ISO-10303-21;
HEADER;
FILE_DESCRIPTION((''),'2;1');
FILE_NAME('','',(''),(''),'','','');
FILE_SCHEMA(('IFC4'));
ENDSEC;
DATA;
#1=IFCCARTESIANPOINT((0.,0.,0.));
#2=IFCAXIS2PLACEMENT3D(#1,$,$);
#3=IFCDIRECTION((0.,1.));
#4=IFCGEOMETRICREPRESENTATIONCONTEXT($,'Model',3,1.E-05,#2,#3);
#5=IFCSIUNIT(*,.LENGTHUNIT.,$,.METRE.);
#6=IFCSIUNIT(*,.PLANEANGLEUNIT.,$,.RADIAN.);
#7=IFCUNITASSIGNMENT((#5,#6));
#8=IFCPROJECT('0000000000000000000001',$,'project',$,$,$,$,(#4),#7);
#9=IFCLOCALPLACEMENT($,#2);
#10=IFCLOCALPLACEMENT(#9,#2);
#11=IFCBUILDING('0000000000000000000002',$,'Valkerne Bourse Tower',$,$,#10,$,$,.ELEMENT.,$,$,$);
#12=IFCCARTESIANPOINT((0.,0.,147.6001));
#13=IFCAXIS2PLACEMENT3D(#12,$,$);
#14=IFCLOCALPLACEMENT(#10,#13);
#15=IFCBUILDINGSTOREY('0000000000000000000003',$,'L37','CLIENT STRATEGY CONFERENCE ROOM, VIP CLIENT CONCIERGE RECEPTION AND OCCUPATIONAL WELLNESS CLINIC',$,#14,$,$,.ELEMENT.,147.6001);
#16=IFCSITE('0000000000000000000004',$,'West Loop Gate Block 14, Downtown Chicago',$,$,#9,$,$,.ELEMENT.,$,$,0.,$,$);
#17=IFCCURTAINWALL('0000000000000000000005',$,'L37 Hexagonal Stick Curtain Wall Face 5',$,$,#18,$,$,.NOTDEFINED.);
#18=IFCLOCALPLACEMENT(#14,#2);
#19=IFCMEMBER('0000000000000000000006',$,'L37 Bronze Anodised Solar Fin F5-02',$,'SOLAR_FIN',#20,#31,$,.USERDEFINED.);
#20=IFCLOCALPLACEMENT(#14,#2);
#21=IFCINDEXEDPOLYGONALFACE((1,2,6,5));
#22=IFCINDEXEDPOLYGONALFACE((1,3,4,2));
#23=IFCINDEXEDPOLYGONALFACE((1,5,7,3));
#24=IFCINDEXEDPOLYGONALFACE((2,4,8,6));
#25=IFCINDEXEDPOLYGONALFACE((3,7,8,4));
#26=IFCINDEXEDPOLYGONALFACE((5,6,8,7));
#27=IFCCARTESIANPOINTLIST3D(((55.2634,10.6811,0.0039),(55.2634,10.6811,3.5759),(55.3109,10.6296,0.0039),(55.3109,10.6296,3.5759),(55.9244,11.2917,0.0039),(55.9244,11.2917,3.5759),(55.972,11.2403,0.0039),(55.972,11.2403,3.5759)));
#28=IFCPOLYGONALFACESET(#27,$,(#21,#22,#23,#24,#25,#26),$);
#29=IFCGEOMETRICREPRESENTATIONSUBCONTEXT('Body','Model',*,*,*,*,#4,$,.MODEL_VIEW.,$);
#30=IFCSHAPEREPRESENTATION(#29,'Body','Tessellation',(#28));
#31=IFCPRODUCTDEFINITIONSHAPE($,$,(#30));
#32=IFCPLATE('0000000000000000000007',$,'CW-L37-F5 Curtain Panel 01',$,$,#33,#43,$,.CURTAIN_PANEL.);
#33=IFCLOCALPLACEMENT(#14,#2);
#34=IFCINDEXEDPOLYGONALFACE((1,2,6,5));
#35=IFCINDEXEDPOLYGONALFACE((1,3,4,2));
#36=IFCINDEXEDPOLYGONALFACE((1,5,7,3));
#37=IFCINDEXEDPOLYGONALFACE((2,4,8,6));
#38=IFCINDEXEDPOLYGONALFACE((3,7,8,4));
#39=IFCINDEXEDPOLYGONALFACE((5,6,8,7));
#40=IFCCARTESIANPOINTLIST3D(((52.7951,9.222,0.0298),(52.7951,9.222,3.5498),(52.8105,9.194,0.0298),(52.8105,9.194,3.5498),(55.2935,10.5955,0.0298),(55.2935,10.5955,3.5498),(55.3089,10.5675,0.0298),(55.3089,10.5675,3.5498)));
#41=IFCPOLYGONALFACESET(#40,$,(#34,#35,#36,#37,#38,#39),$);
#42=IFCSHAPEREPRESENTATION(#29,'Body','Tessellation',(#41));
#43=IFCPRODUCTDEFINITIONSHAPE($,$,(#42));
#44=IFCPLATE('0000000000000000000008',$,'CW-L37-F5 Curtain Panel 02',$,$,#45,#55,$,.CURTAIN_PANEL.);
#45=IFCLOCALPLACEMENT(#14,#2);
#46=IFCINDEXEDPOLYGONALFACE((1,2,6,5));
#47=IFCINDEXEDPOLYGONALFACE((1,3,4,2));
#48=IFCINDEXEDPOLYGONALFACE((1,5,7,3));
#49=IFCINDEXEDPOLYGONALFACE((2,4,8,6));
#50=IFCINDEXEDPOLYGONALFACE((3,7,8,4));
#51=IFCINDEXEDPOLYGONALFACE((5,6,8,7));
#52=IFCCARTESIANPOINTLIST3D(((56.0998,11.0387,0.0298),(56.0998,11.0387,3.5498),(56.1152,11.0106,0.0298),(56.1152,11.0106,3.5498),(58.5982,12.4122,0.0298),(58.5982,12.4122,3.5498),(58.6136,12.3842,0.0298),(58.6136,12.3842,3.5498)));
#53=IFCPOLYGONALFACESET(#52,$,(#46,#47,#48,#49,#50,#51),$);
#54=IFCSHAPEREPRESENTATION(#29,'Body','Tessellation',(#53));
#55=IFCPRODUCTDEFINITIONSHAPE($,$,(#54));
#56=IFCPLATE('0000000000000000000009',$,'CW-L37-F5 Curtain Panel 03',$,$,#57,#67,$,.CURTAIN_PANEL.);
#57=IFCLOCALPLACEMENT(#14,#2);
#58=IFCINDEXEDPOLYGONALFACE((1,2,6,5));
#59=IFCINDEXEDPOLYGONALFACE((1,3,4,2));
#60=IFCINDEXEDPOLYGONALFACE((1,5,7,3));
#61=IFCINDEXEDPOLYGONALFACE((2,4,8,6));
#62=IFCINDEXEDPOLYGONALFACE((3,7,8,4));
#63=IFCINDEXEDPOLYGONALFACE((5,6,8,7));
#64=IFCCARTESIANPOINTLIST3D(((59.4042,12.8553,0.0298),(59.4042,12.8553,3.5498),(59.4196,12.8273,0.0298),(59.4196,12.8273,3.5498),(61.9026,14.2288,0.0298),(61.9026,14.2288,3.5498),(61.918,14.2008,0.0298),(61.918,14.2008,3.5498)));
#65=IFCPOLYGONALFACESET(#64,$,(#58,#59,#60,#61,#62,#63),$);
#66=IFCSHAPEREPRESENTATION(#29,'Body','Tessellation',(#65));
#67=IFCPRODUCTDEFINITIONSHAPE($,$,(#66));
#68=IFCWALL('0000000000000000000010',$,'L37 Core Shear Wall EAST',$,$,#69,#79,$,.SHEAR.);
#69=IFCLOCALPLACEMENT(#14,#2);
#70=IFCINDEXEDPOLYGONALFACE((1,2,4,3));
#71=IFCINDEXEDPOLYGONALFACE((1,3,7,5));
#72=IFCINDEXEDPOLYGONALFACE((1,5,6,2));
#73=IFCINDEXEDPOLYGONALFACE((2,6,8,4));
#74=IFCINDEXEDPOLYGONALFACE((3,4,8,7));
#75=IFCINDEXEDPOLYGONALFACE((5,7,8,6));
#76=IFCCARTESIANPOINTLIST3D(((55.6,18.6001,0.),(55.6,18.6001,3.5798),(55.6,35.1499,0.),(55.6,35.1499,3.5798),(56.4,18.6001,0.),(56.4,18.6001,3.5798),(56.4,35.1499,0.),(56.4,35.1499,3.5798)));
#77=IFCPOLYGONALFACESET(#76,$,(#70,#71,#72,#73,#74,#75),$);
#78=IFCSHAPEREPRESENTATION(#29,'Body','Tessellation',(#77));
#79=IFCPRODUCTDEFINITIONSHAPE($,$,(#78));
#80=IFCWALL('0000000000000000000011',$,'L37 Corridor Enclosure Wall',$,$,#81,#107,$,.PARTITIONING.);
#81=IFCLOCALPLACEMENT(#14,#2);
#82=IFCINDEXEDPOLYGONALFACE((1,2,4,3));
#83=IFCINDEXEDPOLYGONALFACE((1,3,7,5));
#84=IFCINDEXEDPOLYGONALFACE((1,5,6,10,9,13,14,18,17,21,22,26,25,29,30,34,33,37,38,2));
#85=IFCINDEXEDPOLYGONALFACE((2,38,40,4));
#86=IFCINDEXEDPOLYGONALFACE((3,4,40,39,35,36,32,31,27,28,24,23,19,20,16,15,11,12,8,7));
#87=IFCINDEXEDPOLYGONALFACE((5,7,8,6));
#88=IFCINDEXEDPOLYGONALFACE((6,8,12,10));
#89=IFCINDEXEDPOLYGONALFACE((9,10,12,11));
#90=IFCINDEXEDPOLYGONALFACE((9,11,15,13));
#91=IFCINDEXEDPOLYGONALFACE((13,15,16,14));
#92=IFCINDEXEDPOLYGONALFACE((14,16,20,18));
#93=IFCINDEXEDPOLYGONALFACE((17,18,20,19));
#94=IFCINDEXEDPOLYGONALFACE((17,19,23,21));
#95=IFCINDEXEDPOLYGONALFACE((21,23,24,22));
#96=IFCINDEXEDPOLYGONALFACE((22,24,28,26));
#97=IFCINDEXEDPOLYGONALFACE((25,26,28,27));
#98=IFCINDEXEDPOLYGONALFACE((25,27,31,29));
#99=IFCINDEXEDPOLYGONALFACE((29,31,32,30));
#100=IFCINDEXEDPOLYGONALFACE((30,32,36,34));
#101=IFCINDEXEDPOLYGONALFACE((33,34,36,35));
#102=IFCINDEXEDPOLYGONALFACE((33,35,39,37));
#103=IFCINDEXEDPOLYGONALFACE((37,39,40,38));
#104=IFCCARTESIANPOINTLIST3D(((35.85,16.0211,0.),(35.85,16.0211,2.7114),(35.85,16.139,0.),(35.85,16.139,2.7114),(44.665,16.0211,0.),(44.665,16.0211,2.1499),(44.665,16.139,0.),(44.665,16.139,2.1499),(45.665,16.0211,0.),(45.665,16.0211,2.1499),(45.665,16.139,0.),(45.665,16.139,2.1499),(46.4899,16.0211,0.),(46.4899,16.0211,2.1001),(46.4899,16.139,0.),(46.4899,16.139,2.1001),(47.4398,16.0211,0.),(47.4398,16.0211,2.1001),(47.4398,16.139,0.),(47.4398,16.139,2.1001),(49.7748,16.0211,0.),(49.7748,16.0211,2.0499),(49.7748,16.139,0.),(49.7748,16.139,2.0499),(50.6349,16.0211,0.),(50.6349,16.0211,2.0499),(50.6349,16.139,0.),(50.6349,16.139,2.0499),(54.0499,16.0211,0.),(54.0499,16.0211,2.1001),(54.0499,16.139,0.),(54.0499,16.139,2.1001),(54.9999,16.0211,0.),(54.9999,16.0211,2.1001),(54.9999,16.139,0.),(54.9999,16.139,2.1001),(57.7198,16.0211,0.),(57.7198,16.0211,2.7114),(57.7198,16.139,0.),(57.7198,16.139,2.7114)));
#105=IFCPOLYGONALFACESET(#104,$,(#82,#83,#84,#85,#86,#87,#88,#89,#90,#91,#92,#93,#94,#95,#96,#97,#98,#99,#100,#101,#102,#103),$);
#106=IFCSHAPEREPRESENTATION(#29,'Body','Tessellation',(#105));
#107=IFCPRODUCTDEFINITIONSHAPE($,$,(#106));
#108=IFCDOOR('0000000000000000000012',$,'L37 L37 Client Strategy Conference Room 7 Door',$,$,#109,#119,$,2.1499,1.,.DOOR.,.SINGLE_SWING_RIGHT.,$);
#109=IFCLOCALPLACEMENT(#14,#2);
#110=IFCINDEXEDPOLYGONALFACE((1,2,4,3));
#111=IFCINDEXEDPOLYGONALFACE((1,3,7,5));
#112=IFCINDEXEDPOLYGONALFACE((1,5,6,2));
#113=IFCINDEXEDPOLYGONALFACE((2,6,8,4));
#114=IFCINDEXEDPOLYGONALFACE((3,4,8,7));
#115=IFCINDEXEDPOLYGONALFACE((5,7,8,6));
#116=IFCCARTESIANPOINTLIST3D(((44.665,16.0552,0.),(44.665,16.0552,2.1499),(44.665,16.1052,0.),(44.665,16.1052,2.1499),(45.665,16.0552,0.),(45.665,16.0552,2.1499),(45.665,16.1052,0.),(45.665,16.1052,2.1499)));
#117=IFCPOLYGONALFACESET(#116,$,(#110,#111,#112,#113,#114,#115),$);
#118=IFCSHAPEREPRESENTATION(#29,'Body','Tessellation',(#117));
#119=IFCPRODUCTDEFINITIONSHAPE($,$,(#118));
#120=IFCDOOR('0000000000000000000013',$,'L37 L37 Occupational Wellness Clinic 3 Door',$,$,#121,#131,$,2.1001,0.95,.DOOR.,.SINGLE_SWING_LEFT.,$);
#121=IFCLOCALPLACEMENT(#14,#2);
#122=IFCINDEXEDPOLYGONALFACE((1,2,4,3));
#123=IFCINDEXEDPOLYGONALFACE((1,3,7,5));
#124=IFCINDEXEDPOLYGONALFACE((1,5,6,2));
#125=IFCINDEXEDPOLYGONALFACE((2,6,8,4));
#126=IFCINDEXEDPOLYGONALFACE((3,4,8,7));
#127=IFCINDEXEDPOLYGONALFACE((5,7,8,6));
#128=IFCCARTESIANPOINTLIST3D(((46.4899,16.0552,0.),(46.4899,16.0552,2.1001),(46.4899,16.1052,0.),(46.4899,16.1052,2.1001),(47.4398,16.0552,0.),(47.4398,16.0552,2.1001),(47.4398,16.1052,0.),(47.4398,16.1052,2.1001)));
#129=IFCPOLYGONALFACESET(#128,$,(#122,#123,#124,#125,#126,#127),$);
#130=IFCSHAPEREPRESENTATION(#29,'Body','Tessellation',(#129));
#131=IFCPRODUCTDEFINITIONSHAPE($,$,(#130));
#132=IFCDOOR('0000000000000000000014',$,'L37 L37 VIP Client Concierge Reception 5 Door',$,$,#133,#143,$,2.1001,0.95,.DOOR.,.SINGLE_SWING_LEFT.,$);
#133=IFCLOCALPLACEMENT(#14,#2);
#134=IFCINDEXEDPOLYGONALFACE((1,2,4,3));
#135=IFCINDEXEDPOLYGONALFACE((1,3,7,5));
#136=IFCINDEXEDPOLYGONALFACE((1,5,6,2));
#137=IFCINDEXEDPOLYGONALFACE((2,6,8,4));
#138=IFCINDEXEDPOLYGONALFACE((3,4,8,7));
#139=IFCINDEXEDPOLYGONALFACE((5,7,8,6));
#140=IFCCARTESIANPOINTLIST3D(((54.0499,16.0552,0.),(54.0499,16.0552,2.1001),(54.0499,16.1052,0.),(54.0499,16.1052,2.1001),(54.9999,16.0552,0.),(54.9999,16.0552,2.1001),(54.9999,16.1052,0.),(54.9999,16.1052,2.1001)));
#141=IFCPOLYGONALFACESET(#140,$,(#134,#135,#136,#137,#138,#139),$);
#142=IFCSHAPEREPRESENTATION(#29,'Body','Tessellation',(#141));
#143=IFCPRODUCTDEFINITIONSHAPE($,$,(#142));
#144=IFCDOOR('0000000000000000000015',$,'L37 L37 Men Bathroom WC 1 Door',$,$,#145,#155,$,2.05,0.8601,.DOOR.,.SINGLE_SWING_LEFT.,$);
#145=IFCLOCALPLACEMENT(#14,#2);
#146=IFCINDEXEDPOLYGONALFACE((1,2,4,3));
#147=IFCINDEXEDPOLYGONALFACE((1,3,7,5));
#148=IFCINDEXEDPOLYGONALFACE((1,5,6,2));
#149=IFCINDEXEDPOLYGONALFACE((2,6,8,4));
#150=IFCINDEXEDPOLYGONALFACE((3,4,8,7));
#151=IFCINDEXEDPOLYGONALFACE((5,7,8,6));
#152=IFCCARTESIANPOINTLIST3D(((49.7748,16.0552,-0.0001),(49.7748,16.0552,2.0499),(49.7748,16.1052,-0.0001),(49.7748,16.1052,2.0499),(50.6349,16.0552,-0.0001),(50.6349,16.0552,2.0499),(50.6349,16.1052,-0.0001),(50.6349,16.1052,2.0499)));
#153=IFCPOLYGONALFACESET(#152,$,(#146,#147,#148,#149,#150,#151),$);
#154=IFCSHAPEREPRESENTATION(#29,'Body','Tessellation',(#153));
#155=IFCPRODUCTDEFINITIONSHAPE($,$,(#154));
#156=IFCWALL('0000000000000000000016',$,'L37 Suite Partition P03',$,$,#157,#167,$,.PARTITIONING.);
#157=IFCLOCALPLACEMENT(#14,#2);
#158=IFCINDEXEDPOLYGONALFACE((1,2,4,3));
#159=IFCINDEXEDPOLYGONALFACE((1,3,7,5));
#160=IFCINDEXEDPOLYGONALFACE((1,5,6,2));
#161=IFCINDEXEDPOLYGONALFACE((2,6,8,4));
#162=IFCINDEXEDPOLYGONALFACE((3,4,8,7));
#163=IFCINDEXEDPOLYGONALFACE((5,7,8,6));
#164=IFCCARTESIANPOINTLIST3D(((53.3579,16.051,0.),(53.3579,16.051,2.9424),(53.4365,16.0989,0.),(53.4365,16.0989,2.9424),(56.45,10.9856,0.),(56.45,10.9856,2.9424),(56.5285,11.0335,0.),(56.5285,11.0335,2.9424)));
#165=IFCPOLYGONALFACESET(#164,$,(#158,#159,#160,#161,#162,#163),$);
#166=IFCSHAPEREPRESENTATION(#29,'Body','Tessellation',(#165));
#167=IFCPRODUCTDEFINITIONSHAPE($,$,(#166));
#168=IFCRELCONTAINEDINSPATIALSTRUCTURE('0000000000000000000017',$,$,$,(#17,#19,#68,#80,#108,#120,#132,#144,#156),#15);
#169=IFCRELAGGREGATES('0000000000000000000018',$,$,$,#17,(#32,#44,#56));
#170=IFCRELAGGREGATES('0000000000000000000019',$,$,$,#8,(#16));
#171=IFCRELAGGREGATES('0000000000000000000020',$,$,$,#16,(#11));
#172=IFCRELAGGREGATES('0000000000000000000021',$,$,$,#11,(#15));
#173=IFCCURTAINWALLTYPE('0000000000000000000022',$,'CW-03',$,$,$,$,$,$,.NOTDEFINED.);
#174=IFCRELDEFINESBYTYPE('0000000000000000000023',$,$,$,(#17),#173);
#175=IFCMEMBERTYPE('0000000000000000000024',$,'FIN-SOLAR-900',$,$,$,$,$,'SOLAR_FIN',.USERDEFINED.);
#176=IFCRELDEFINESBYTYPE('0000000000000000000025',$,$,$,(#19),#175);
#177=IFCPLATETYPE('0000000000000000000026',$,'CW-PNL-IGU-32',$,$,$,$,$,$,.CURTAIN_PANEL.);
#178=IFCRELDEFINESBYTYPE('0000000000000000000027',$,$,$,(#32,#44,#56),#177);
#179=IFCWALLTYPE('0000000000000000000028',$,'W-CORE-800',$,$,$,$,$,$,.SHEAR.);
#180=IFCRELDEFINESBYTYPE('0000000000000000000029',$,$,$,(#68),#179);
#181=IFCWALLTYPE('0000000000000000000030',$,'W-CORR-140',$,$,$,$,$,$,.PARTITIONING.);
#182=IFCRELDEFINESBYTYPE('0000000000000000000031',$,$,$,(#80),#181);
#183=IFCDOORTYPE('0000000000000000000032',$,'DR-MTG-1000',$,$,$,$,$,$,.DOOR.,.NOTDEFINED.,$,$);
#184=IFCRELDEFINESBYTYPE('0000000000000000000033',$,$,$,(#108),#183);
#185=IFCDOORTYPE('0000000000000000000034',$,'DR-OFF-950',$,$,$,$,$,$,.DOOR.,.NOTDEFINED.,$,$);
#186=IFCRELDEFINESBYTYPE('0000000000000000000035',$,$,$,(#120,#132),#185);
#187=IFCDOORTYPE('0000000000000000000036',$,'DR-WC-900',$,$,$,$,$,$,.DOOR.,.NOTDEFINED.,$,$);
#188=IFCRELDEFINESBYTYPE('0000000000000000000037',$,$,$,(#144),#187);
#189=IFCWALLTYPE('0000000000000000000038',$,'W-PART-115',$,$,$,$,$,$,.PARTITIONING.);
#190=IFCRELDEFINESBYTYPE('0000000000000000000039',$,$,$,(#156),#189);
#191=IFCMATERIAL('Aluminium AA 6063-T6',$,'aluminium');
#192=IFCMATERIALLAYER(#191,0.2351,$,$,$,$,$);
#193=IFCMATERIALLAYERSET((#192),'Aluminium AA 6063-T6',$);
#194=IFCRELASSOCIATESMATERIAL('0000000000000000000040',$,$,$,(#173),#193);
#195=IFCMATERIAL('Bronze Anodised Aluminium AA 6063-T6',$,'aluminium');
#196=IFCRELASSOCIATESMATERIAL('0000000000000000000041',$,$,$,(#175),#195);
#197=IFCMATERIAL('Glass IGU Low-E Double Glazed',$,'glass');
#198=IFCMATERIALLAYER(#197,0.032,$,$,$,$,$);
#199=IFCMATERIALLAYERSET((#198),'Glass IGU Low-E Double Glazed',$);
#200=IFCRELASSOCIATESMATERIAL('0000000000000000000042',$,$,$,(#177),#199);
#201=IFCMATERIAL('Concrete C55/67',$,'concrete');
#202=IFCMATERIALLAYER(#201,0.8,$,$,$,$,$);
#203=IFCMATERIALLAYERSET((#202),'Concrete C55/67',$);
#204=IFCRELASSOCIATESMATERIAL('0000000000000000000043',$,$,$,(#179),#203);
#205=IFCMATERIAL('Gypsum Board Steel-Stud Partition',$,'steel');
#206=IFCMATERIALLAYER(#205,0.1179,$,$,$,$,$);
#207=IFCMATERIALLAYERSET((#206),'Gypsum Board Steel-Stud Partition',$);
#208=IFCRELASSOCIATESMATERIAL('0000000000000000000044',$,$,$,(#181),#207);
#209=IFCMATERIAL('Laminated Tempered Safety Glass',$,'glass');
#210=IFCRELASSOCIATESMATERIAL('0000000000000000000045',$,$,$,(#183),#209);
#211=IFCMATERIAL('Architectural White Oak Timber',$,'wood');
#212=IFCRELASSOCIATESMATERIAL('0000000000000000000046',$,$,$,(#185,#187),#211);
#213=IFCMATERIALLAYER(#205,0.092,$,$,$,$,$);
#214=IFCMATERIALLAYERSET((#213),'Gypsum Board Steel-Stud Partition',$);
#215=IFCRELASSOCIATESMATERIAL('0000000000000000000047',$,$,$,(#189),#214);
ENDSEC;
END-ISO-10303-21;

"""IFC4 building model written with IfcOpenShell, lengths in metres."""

from ifc_helpers import new_model, si_unit, direction, frame, frame_2d, origin, origin_2d, place, context, subcontext, project, spatial, rectangle, extrude, material, layer, layer_set, material_profile, profile_set, type_object, element, fill, aggregate, save


model = new_model("IFC4")

# Units and contexts
model_context = context("Model", 3, precision=1e-05, world=origin(), true_north=direction((0.0, 1.0)))
body_context = subcontext(model_context, "Body", "Model", "MODEL_VIEW")
ifc_project = project(units=[si_unit("LENGTHUNIT", "METRE"), si_unit("PLANEANGLEUNIT", "RADIAN")], contexts=[model_context])

# Site, building, storey
site_placement = place(None, origin())
site = spatial("IfcSite", under=ifc_project, at=site_placement, Name="West Loop Gate Block 14, Downtown Chicago", CompositionType="ELEMENT", RefElevation=0.0)
building_placement = place(site_placement, origin())
building = spatial("IfcBuilding", under=site, at=building_placement, Name="Valkerne Bourse Tower", CompositionType="ELEMENT")
storey_placement = place(building_placement, frame((0.0, 0.0, 147.6001)))
storey = spatial("IfcBuildingStorey", under=building, at=storey_placement, Name="L37", Description="CLIENT STRATEGY CONFERENCE ROOM, VIP CLIENT CONCIERGE RECEPTION AND OCCUPATIONAL WELLNESS CLINIC", CompositionType="ELEMENT", Elevation=147.6001)

# Curtain wall
ifc_material_1 = material(Name="Aluminium AA 6063-T6", Category="aluminium")
ifc_layer_1 = layer(ifc_material_1, 0.2351)
ifc_layer_set_1 = layer_set([ifc_layer_1], Name="Aluminium AA 6063-T6")
curtain_wall_type = type_object("IfcCurtainWallType", Name="CW-03", PredefinedType="NOTDEFINED", material=ifc_layer_set_1)
curtain_wall_1_placement = place(storey_placement, origin())
curtain_wall_1 = element("IfcCurtainWall", 1, at=curtain_wall_1_placement, inside=storey, type_object=curtain_wall_type, Name="L37 Hexagonal Stick Curtain Wall Face 5", PredefinedType="NOTDEFINED")

# Member
ifc_material_2 = material(Name="Bronze Anodised Aluminium AA 6063-T6", Category="aluminium")
ifc_material_profile_1 = material_profile(ifc_material_2, rectangle(XDim=0.0701, YDim=0.8999, at=origin_2d()), Name="FIN-70X900")
ifc_profile_set_1 = profile_set([ifc_material_profile_1], Name="Bronze Anodised Aluminium AA 6063-T6")
member_type_1 = type_object("IfcMemberType", Name="FIN-SOLAR-900", ElementType="SOLAR_FIN", PredefinedType="USERDEFINED", material=ifc_profile_set_1)
member_1_placement = place(storey_placement, frame((55.6177, 10.9607, 0.0039), z_axis=(0.0, 0.0, 1.0), x_axis=(0.678561, -0.734544, 0.0)))
element("IfcMember", 2, at=member_1_placement, inside=storey, type_object=member_type_1, Name="L37 Bronze Anodised Solar Fin F5-02", ObjectType="SOLAR_FIN", PredefinedType="USERDEFINED", context=body_context, shape_type="SweptSolid", body=[
    extrude(rectangle(XDim=0.0701, YDim=0.8999, at=origin_2d()), origin(), (0.0, 0.0, 1.0), 3.572),
])

# Plates
ifc_material_3 = material(Name="Glass IGU Low-E Double Glazed", Category="glass")
ifc_layer_2 = layer(ifc_material_3, 0.032)
ifc_layer_set_2 = layer_set([ifc_layer_2], Name="Glass IGU Low-E Double Glazed")
plate_type = type_object("IfcPlateType", Name="CW-PNL-IGU-32", PredefinedType="CURTAIN_PANEL", material=ifc_layer_set_2)
plate_1_placement = place(storey_placement, frame((54.052, 9.8948, 0.0298), z_axis=(0.0, 0.0, 1.0), x_axis=(0.876309, 0.48175, 0.0)))
plate_1 = element("IfcPlate", 3, at=plate_1_placement, type_object=plate_type, Name="CW-L37-F5 Curtain Panel 01", PredefinedType="CURTAIN_PANEL", context=body_context, shape_type="SweptSolid", body=[
    extrude(rectangle(XDim=2.8511, YDim=0.032, at=origin_2d()), origin(), (0.0, 0.0, 1.0), 3.52),
])
plate_2_placement = place(storey_placement, frame((57.3567, 11.7114, 0.0298), z_axis=(0.0, 0.0, 1.0), x_axis=(0.876303, 0.481761, 0.0)))
plate_2 = element("IfcPlate", 4, at=plate_2_placement, type_object=plate_type, Name="CW-L37-F5 Curtain Panel 02", PredefinedType="CURTAIN_PANEL", context=body_context, shape_type="SweptSolid", body=[
    extrude(rectangle(XDim=2.8511, YDim=0.032, at=origin_2d()), origin(), (0.0, 0.0, 1.0), 3.52),
])
plate_3_placement = place(storey_placement, frame((60.6611, 13.5281, 0.0298), z_axis=(0.0, 0.0, 1.0), x_axis=(0.876309, 0.48175, 0.0)))
plate_3 = element("IfcPlate", 5, at=plate_3_placement, type_object=plate_type, Name="CW-L37-F5 Curtain Panel 03", PredefinedType="CURTAIN_PANEL", context=body_context, shape_type="SweptSolid", body=[
    extrude(rectangle(XDim=2.8511, YDim=0.032, at=origin_2d()), origin(), (0.0, 0.0, 1.0), 3.52),
])
aggregate(curtain_wall_1, [plate_1, plate_2, plate_3])

# Wall
ifc_material_4 = material(Name="Concrete C55/67", Category="concrete")
ifc_layer_3 = layer(ifc_material_4, 0.8)
ifc_layer_set_3 = layer_set([ifc_layer_3], Name="Concrete C55/67")
wall_type_1 = type_object("IfcWallType", Name="W-CORE-800", PredefinedType="SHEAR", material=ifc_layer_set_3)
wall_1_placement = place(storey_placement, frame((56.0, 18.6001, 0.0), z_axis=(0.0, 0.0, 1.0), x_axis=(0.0, 1.0, 0.0)))
element("IfcWall", 6, at=wall_1_placement, inside=storey, type_object=wall_type_1, Name="L37 Core Shear Wall EAST", PredefinedType="SHEAR", context=body_context, shape_type="SweptSolid", body=[
    extrude(rectangle(XDim=16.5498, YDim=0.8, at=frame_2d((8.2749, 0.0))), origin(), (0.0, 0.0, 1.0), 3.5798),
])

# Wall, openings, doors
ifc_material_5 = material(Name="Gypsum Board Steel-Stud Partition", Category="steel")
ifc_layer_4 = layer(ifc_material_5, 0.1179)
ifc_layer_set_4 = layer_set([ifc_layer_4], Name="Gypsum Board Steel-Stud Partition")
wall_type_2 = type_object("IfcWallType", Name="W-CORR-140", PredefinedType="PARTITIONING", material=ifc_layer_set_4)
wall_2_placement = place(storey_placement, frame((57.72, 16.0801, 0.0), z_axis=(0.0, 0.0, 1.0), x_axis=(-1.0, 0.0, 0.0)))
wall_2 = element("IfcWall", 7, at=wall_2_placement, inside=storey, type_object=wall_type_2, Name="L37 Corridor Enclosure Wall", PredefinedType="PARTITIONING", context=body_context, shape_type="SweptSolid", body=[
    extrude(rectangle(XDim=21.8699, YDim=0.1179, at=frame_2d((10.9351, 0.0))), origin(), (0.0, 0.0, 1.0), 2.7114),
])
opening_1_placement = place(wall_2_placement, frame((7.085, 0.0, 0.0)))
opening_1 = element("IfcOpeningElement", 8, at=opening_1_placement, cuts=wall_2, PredefinedType="OPENING", context=body_context, shape_type="SweptSolid", body=[
    extrude(rectangle(XDim=0.8601, YDim=2.05, at=frame_2d((0.4302, 1.0249))), frame((0.0, 0.0688, 0.0), z_axis=(0.0, -1.0, 0.0), x_axis=(1.0, 0.0, 0.0)), (0.0, 0.0, 1.0), 0.1379),
])
opening_2_placement = place(wall_2_placement, frame((10.28, 0.0, 0.0)))
opening_2 = element("IfcOpeningElement", 9, at=opening_2_placement, cuts=wall_2, PredefinedType="OPENING", context=body_context, shape_type="SweptSolid", body=[
    extrude(rectangle(XDim=0.95, YDim=2.1001, at=frame_2d((0.4751, 1.05))), frame((0.0, 0.0688, 0.0), z_axis=(0.0, -1.0, 0.0), x_axis=(1.0, 0.0, 0.0)), (0.0, 0.0, 1.0), 0.1379),
])
opening_3_placement = place(wall_2_placement, frame((2.72, 0.0, 0.0)))
opening_3 = element("IfcOpeningElement", 10, at=opening_3_placement, cuts=wall_2, PredefinedType="OPENING", context=body_context, shape_type="SweptSolid", body=[
    extrude(rectangle(XDim=0.95, YDim=2.1001, at=frame_2d((0.4751, 1.05))), frame((0.0, 0.0688, 0.0), z_axis=(0.0, -1.0, 0.0), x_axis=(1.0, 0.0, 0.0)), (0.0, 0.0, 1.0), 0.1379),
])
opening_4_placement = place(wall_2_placement, frame((12.0549, 0.0, 0.0)))
opening_4 = element("IfcOpeningElement", 11, at=opening_4_placement, cuts=wall_2, PredefinedType="OPENING", context=body_context, shape_type="SweptSolid", body=[
    extrude(rectangle(XDim=1.0, YDim=2.1499, at=frame_2d((0.5, 1.075))), frame((0.0, 0.0688, 0.0), z_axis=(0.0, -1.0, 0.0), x_axis=(1.0, 0.0, 0.0)), (0.0, 0.0, 1.0), 0.1379),
])
ifc_material_6 = material(Name="Laminated Tempered Safety Glass", Category="glass")
door_type_1 = type_object("IfcDoorType", Name="DR-MTG-1000", OperationType="NOTDEFINED", PredefinedType="DOOR", material=ifc_material_6)
door_1_placement = place(opening_4_placement, origin())
door_1 = element("IfcDoor", 12, at=door_1_placement, inside=storey, type_object=door_type_1, Name="L37 L37 Client Strategy Conference Room 7 Door", OperationType="SINGLE_SWING_RIGHT", OverallHeight=2.1499, OverallWidth=1.0, PredefinedType="DOOR", context=body_context, shape_type="SweptSolid", body=[
    extrude(rectangle(XDim=1.0, YDim=2.1499, at=frame_2d((0.5, 1.075))), frame((0.0, 0.0249, 0.0), z_axis=(0.0, -1.0, 0.0), x_axis=(1.0, 0.0, 0.0)), (0.0, 0.0, 1.0), 0.05),
])
fill(opening_4, door_1)
ifc_material_7 = material(Name="Architectural White Oak Timber", Category="wood")
door_type_2 = type_object("IfcDoorType", Name="DR-OFF-950", OperationType="NOTDEFINED", PredefinedType="DOOR", material=ifc_material_7)
door_2_placement = place(opening_2_placement, origin())
door_2 = element("IfcDoor", 13, at=door_2_placement, inside=storey, type_object=door_type_2, Name="L37 L37 Occupational Wellness Clinic 3 Door", OperationType="SINGLE_SWING_LEFT", OverallHeight=2.1001, OverallWidth=0.95, PredefinedType="DOOR", context=body_context, shape_type="SweptSolid", body=[
    extrude(rectangle(XDim=0.95, YDim=2.1001, at=frame_2d((0.4751, 1.05))), frame((0.0, 0.0249, 0.0), z_axis=(0.0, -1.0, 0.0), x_axis=(1.0, 0.0, 0.0)), (0.0, 0.0, 1.0), 0.05),
])
fill(opening_2, door_2)
door_3_placement = place(opening_3_placement, origin())
door_3 = element("IfcDoor", 14, at=door_3_placement, inside=storey, type_object=door_type_2, Name="L37 L37 VIP Client Concierge Reception 5 Door", OperationType="SINGLE_SWING_LEFT", OverallHeight=2.1001, OverallWidth=0.95, PredefinedType="DOOR", context=body_context, shape_type="SweptSolid", body=[
    extrude(rectangle(XDim=0.95, YDim=2.1001, at=frame_2d((0.4751, 1.05))), frame((0.0, 0.0249, 0.0), z_axis=(0.0, -1.0, 0.0), x_axis=(1.0, 0.0, 0.0)), (0.0, 0.0, 1.0), 0.05),
])
fill(opening_3, door_3)
door_type_3 = type_object("IfcDoorType", Name="DR-WC-900", OperationType="NOTDEFINED", PredefinedType="DOOR", material=ifc_material_7)
door_4_placement = place(opening_1_placement, origin())
door_4 = element("IfcDoor", 15, at=door_4_placement, inside=storey, type_object=door_type_3, Name="L37 L37 Men Bathroom WC 1 Door", OperationType="SINGLE_SWING_LEFT", OverallHeight=2.05, OverallWidth=0.8601, PredefinedType="DOOR", context=body_context, shape_type="SweptSolid", body=[
    extrude(rectangle(XDim=0.8601, YDim=2.05, at=frame_2d((0.4302, 1.0249))), frame((0.0, 0.0249, 0.0), z_axis=(0.0, -1.0, 0.0), x_axis=(1.0, 0.0, 0.0)), (0.0, 0.0, 1.0), 0.05),
])
fill(opening_1, door_4)

# Wall
ifc_layer_5 = layer(ifc_material_5, 0.092)
ifc_layer_set_5 = layer_set([ifc_layer_5], Name="Gypsum Board Steel-Stud Partition")
wall_type_3 = type_object("IfcWallType", Name="W-PART-115", PredefinedType="PARTITIONING", material=ifc_layer_set_5)
wall_3_placement = place(storey_placement, frame((53.3972, 16.075, 0.0), z_axis=(0.0, 0.0, 1.0), x_axis=(0.521021, -0.853544, 0.0)))
element("IfcWall", 16, at=wall_3_placement, inside=storey, type_object=wall_type_3, Name="L37 Suite Partition P03", PredefinedType="PARTITIONING", context=body_context, shape_type="SweptSolid", body=[
    extrude(rectangle(XDim=5.9346, YDim=0.092, at=frame_2d((2.9673, 0.0))), origin(), (0.0, 0.0, 1.0), 2.9424),
])

save(model, "model.ifc")
